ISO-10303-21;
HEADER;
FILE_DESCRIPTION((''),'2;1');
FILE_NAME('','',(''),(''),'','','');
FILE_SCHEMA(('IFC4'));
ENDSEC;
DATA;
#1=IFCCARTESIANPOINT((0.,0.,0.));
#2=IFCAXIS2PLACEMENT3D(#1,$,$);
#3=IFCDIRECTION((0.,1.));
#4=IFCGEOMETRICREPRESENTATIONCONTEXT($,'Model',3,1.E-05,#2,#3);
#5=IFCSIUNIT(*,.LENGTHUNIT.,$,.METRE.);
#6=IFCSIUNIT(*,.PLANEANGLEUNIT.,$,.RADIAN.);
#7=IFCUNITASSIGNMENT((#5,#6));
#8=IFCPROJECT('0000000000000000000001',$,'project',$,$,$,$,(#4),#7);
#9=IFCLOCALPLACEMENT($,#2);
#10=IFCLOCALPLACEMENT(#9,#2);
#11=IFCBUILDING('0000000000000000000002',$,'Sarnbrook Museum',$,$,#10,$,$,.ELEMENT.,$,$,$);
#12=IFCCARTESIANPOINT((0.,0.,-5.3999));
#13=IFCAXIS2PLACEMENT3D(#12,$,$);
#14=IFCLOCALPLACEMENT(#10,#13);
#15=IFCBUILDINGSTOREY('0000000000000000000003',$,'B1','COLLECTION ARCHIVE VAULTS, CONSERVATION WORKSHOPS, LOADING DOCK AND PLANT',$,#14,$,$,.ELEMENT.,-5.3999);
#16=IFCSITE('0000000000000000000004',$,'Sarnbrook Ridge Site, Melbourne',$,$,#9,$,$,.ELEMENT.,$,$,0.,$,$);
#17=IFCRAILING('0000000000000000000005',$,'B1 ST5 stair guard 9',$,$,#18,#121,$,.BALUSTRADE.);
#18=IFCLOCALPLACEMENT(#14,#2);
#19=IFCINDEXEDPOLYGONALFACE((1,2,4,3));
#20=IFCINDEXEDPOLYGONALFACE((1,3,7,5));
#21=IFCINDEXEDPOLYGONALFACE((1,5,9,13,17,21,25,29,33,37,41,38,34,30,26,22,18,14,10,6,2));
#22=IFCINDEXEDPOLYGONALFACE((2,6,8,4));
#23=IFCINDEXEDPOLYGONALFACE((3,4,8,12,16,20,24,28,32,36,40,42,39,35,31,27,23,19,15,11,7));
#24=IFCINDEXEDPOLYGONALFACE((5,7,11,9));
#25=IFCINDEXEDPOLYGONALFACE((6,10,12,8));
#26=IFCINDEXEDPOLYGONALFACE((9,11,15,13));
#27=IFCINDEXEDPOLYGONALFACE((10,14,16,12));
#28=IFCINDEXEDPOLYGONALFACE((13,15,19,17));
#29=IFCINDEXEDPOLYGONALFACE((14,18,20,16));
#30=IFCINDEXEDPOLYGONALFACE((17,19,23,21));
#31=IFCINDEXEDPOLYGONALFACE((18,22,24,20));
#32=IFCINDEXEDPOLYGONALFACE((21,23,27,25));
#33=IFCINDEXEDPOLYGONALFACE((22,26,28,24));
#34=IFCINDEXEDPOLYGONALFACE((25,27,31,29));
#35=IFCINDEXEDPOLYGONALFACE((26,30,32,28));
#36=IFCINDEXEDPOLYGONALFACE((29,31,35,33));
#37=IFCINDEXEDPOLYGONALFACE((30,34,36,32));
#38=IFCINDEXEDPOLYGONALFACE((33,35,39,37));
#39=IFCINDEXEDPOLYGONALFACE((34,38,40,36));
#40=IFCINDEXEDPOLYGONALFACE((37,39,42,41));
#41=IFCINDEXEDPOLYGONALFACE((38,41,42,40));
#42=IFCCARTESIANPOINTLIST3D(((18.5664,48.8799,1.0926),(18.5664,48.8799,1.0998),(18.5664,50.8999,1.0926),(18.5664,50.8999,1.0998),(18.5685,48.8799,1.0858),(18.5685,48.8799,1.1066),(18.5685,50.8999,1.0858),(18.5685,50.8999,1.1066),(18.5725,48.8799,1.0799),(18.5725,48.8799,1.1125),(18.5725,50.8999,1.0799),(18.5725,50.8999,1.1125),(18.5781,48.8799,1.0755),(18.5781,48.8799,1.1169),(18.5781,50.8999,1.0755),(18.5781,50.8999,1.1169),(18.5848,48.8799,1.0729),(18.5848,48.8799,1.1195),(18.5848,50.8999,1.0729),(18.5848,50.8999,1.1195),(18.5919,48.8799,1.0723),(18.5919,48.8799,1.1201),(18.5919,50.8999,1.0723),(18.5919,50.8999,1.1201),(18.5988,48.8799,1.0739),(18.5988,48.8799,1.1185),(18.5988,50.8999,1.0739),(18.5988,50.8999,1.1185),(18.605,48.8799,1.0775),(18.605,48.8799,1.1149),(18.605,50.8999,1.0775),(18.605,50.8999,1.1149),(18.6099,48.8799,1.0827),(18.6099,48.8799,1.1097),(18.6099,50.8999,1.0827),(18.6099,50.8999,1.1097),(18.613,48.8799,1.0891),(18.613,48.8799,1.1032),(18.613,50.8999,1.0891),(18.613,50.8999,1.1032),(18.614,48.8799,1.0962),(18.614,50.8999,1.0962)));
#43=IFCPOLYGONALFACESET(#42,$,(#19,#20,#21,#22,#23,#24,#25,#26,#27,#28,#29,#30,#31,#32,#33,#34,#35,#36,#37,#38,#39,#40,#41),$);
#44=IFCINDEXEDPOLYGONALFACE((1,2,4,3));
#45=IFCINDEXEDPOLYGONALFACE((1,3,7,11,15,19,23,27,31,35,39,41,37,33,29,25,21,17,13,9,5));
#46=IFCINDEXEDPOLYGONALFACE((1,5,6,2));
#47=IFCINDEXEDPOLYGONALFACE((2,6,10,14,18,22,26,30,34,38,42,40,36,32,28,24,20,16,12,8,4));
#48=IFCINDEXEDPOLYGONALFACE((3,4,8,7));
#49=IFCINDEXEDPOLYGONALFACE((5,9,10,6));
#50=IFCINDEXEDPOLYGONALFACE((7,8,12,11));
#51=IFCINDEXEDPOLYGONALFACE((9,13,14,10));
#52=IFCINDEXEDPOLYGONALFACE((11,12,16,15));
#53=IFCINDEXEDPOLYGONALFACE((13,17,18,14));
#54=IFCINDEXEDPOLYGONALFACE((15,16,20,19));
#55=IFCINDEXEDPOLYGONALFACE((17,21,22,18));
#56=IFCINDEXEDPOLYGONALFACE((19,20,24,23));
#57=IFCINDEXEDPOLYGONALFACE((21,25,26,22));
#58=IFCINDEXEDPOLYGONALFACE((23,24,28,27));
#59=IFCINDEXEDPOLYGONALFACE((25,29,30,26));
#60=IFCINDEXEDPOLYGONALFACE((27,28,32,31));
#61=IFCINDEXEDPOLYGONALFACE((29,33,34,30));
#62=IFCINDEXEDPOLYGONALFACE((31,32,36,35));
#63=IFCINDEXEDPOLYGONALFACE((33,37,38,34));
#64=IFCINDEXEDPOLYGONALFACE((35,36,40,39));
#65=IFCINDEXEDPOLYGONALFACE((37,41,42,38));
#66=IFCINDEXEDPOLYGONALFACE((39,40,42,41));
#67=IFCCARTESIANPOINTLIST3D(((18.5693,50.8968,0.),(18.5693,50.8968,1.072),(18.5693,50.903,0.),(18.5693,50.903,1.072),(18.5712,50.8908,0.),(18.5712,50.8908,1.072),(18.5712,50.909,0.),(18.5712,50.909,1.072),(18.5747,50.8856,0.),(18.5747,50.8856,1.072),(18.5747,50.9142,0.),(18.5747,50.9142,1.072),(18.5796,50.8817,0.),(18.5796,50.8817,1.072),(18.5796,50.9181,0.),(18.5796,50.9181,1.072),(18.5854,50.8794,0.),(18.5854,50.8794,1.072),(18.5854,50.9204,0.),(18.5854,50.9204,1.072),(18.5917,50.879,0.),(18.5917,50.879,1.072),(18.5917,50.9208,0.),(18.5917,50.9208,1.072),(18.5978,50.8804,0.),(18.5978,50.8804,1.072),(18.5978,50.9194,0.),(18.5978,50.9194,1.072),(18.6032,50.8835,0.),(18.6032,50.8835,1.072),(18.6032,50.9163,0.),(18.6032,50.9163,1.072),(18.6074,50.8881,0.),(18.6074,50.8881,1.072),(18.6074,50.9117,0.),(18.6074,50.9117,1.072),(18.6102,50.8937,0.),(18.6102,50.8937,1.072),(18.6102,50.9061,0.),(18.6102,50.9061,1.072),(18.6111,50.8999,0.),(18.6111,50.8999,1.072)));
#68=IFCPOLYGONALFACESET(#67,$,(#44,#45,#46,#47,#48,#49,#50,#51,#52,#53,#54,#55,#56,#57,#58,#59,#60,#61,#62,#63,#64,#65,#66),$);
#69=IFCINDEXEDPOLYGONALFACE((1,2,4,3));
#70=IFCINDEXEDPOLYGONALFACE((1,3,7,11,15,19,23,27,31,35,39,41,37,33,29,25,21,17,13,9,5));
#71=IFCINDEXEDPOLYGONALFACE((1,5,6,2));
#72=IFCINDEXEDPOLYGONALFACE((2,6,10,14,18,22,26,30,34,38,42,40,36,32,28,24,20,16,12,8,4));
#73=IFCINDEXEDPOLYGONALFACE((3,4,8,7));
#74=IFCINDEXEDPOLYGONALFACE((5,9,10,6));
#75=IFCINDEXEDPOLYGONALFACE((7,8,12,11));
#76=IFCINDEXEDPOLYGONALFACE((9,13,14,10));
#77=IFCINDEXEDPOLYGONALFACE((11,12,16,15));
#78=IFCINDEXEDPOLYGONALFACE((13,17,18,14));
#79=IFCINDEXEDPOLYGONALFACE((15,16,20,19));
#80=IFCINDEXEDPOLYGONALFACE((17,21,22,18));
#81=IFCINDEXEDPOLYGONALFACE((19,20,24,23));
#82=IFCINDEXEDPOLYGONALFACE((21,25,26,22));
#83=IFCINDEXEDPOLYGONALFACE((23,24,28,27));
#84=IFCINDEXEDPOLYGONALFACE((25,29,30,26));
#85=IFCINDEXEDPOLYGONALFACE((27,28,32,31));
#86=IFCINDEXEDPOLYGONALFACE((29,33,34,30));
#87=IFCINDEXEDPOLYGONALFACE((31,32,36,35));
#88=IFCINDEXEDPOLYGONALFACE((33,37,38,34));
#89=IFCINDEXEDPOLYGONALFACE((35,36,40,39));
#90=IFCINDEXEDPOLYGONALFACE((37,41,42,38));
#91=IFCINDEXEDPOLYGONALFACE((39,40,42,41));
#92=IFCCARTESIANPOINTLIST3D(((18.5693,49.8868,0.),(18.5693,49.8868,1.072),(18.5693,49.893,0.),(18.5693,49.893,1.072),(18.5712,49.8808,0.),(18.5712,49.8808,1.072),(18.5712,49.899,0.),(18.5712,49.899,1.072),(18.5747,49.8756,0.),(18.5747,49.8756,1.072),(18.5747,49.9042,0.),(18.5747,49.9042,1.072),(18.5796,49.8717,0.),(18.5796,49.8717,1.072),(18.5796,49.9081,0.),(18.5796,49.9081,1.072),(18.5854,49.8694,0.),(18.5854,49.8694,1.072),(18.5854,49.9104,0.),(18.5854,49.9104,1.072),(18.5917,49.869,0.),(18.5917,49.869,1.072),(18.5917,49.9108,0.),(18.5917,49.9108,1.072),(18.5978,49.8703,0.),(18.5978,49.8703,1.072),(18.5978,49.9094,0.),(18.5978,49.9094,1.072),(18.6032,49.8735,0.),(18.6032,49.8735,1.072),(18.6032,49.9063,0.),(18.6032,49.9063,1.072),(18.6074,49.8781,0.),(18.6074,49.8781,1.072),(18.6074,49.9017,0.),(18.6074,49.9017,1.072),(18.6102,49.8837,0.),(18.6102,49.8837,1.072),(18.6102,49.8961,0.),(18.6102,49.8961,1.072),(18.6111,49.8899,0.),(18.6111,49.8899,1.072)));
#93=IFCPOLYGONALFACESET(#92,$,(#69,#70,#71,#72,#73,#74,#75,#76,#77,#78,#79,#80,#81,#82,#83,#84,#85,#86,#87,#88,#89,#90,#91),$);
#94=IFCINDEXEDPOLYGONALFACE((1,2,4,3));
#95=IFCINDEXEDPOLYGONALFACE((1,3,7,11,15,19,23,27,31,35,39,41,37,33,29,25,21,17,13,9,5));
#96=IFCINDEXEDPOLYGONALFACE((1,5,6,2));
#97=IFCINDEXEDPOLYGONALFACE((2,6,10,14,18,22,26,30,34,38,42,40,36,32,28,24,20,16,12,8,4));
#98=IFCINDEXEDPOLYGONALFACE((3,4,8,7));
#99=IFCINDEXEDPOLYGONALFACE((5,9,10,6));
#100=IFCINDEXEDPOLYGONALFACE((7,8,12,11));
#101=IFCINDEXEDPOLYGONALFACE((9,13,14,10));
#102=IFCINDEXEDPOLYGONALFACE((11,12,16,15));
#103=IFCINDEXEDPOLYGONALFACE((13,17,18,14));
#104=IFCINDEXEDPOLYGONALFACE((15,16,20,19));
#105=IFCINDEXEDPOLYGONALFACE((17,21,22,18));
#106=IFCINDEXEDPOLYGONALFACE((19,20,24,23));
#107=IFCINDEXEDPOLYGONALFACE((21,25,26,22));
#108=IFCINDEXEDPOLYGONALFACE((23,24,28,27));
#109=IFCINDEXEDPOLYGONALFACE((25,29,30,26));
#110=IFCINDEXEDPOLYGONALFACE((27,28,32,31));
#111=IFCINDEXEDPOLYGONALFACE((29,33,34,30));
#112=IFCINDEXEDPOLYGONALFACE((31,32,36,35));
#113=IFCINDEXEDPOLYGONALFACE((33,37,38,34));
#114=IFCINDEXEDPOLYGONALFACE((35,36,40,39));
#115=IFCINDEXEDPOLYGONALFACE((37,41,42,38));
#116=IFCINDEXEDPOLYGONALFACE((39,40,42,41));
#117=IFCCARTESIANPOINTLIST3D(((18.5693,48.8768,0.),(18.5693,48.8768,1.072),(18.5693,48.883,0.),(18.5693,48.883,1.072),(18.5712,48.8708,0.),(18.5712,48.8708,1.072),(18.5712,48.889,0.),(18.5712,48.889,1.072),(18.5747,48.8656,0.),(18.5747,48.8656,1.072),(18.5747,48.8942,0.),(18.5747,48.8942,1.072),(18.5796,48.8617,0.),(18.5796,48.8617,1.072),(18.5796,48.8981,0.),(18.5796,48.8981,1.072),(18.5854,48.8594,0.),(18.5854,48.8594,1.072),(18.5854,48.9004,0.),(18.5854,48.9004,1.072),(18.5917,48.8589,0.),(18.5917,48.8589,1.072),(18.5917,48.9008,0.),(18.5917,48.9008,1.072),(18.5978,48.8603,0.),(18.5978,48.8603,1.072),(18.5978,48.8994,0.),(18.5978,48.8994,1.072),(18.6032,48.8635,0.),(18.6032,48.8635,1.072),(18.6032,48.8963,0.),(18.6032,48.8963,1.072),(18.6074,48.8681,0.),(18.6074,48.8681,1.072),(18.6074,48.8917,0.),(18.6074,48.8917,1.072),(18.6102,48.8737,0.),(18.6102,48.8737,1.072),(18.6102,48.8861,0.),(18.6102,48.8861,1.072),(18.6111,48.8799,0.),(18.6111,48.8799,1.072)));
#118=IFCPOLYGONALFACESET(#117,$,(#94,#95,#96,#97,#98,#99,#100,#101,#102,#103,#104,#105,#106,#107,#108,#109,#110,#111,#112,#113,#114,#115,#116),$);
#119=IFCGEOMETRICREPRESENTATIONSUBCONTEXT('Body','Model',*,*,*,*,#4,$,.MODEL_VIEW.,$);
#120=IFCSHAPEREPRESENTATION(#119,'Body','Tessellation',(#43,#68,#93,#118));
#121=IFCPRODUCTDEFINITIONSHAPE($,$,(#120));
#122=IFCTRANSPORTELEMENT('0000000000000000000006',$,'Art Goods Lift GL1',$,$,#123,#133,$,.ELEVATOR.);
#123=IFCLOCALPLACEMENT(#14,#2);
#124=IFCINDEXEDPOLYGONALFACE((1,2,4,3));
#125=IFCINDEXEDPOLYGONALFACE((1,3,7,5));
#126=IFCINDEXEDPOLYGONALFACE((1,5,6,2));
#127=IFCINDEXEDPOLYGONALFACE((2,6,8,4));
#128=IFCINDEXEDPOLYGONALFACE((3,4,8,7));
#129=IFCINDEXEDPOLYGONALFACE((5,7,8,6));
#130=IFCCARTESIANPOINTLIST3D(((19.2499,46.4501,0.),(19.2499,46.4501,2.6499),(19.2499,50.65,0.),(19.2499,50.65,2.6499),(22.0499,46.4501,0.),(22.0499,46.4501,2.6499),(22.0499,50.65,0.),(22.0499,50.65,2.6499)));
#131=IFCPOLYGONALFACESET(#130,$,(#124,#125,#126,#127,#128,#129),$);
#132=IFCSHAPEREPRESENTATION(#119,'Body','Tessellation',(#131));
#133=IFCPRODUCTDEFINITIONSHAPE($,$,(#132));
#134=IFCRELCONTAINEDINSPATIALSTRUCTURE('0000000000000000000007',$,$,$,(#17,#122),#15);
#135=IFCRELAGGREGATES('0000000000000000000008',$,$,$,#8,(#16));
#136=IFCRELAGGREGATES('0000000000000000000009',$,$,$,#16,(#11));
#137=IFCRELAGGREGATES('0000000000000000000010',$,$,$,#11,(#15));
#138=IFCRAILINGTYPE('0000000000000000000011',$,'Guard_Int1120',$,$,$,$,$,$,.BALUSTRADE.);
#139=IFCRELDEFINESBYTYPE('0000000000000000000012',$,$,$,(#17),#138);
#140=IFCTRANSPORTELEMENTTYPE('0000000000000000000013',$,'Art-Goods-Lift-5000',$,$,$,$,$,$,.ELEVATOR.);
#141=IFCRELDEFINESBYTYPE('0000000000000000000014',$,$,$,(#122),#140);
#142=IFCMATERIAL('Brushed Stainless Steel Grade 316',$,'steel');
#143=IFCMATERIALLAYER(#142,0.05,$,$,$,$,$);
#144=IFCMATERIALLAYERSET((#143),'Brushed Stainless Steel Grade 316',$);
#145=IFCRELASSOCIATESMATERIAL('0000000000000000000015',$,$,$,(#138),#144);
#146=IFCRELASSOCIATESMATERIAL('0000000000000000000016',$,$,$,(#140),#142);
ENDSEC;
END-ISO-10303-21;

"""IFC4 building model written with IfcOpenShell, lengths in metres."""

from ifc_helpers import new_model, si_unit, direction, frame, origin, origin_2d, place, context, subcontext, project, spatial, rectangle, circle, extrude, material, layer, layer_set, type_object, element, save


model = new_model("IFC4")

# Units and contexts
model_context = context("Model", 3, precision=1e-05, world=origin(), true_north=direction((0.0, 1.0)))
body_context = subcontext(model_context, "Body", "Model", "MODEL_VIEW")
ifc_project = project(units=[si_unit("LENGTHUNIT", "METRE"), si_unit("PLANEANGLEUNIT", "RADIAN")], contexts=[model_context])

# Site, building, storey
site_placement = place(None, origin())
site = spatial("IfcSite", under=ifc_project, at=site_placement, Name="Sarnbrook Ridge Site, Melbourne", CompositionType="ELEMENT", RefElevation=0.0)
building_placement = place(site_placement, origin())
building = spatial("IfcBuilding", under=site, at=building_placement, Name="Sarnbrook Museum", CompositionType="ELEMENT")
storey_placement = place(building_placement, frame((0.0, 0.0, -5.3999)))
storey = spatial("IfcBuildingStorey", under=building, at=storey_placement, Name="B1", Description="COLLECTION ARCHIVE VAULTS, CONSERVATION WORKSHOPS, LOADING DOCK AND PLANT", CompositionType="ELEMENT", Elevation=-5.3999)

# Shared definitions
ifc_material_1 = material(Name="Brushed Stainless Steel Grade 316", Category="steel")

# Railing
ifc_layer_1 = layer(ifc_material_1, 0.05)
ifc_layer_set_1 = layer_set([ifc_layer_1], Name="Brushed Stainless Steel Grade 316")
railing_type_1 = type_object("IfcRailingType", Name="Guard_Int1120", PredefinedType="BALUSTRADE", material=ifc_layer_set_1)
for number, where, name in (
    (1, (18.5901, 50.8999, 0.0), "B1 ST5 stair guard 9"),
):
    element("IfcRailing", number, at=place(storey_placement, frame(where)), inside=storey, type_object=railing_type_1, Name=name, PredefinedType="BALUSTRADE", context=body_context, shape_type="SweptSolid", body=[
        extrude(circle(Radius=0.0239, at=origin_2d()), frame((0.0, 0.0, 1.0962), z_axis=(0.0, -1.0, 0.0), x_axis=(1.0, 0.0, 0.0)), (0.0, 0.0, 1.0), 2.02),
        extrude(circle(Radius=0.021, at=origin_2d()), origin(), (0.0, 0.0, 1.0), 1.072),
        extrude(circle(Radius=0.021, at=origin_2d()), frame((0.0, -1.01, 0.0)), (0.0, 0.0, 1.0), 1.072),
        extrude(circle(Radius=0.021, at=origin_2d()), frame((0.0, -2.02, 0.0)), (0.0, 0.0, 1.0), 1.072),
    ])

# Transport element
transport_element_type = type_object("IfcTransportElementType", Name="Art-Goods-Lift-5000", PredefinedType="ELEVATOR", material=ifc_material_1)
transport_element_placement = place(storey_placement, frame((20.6499, 48.55, 0.0), z_axis=(0.0, 0.0, 1.0), x_axis=(1.0, 0.0, 0.0)))
element("IfcTransportElement", 2, at=transport_element_placement, inside=storey, type_object=transport_element_type, Name="Art Goods Lift GL1", PredefinedType="ELEVATOR", context=body_context, shape_type="SweptSolid", body=[
    extrude(rectangle(XDim=2.8, YDim=4.2, at=origin_2d()), origin(), (0.0, 0.0, 1.0), 2.6499),
])

save(model, "model.ifc")
